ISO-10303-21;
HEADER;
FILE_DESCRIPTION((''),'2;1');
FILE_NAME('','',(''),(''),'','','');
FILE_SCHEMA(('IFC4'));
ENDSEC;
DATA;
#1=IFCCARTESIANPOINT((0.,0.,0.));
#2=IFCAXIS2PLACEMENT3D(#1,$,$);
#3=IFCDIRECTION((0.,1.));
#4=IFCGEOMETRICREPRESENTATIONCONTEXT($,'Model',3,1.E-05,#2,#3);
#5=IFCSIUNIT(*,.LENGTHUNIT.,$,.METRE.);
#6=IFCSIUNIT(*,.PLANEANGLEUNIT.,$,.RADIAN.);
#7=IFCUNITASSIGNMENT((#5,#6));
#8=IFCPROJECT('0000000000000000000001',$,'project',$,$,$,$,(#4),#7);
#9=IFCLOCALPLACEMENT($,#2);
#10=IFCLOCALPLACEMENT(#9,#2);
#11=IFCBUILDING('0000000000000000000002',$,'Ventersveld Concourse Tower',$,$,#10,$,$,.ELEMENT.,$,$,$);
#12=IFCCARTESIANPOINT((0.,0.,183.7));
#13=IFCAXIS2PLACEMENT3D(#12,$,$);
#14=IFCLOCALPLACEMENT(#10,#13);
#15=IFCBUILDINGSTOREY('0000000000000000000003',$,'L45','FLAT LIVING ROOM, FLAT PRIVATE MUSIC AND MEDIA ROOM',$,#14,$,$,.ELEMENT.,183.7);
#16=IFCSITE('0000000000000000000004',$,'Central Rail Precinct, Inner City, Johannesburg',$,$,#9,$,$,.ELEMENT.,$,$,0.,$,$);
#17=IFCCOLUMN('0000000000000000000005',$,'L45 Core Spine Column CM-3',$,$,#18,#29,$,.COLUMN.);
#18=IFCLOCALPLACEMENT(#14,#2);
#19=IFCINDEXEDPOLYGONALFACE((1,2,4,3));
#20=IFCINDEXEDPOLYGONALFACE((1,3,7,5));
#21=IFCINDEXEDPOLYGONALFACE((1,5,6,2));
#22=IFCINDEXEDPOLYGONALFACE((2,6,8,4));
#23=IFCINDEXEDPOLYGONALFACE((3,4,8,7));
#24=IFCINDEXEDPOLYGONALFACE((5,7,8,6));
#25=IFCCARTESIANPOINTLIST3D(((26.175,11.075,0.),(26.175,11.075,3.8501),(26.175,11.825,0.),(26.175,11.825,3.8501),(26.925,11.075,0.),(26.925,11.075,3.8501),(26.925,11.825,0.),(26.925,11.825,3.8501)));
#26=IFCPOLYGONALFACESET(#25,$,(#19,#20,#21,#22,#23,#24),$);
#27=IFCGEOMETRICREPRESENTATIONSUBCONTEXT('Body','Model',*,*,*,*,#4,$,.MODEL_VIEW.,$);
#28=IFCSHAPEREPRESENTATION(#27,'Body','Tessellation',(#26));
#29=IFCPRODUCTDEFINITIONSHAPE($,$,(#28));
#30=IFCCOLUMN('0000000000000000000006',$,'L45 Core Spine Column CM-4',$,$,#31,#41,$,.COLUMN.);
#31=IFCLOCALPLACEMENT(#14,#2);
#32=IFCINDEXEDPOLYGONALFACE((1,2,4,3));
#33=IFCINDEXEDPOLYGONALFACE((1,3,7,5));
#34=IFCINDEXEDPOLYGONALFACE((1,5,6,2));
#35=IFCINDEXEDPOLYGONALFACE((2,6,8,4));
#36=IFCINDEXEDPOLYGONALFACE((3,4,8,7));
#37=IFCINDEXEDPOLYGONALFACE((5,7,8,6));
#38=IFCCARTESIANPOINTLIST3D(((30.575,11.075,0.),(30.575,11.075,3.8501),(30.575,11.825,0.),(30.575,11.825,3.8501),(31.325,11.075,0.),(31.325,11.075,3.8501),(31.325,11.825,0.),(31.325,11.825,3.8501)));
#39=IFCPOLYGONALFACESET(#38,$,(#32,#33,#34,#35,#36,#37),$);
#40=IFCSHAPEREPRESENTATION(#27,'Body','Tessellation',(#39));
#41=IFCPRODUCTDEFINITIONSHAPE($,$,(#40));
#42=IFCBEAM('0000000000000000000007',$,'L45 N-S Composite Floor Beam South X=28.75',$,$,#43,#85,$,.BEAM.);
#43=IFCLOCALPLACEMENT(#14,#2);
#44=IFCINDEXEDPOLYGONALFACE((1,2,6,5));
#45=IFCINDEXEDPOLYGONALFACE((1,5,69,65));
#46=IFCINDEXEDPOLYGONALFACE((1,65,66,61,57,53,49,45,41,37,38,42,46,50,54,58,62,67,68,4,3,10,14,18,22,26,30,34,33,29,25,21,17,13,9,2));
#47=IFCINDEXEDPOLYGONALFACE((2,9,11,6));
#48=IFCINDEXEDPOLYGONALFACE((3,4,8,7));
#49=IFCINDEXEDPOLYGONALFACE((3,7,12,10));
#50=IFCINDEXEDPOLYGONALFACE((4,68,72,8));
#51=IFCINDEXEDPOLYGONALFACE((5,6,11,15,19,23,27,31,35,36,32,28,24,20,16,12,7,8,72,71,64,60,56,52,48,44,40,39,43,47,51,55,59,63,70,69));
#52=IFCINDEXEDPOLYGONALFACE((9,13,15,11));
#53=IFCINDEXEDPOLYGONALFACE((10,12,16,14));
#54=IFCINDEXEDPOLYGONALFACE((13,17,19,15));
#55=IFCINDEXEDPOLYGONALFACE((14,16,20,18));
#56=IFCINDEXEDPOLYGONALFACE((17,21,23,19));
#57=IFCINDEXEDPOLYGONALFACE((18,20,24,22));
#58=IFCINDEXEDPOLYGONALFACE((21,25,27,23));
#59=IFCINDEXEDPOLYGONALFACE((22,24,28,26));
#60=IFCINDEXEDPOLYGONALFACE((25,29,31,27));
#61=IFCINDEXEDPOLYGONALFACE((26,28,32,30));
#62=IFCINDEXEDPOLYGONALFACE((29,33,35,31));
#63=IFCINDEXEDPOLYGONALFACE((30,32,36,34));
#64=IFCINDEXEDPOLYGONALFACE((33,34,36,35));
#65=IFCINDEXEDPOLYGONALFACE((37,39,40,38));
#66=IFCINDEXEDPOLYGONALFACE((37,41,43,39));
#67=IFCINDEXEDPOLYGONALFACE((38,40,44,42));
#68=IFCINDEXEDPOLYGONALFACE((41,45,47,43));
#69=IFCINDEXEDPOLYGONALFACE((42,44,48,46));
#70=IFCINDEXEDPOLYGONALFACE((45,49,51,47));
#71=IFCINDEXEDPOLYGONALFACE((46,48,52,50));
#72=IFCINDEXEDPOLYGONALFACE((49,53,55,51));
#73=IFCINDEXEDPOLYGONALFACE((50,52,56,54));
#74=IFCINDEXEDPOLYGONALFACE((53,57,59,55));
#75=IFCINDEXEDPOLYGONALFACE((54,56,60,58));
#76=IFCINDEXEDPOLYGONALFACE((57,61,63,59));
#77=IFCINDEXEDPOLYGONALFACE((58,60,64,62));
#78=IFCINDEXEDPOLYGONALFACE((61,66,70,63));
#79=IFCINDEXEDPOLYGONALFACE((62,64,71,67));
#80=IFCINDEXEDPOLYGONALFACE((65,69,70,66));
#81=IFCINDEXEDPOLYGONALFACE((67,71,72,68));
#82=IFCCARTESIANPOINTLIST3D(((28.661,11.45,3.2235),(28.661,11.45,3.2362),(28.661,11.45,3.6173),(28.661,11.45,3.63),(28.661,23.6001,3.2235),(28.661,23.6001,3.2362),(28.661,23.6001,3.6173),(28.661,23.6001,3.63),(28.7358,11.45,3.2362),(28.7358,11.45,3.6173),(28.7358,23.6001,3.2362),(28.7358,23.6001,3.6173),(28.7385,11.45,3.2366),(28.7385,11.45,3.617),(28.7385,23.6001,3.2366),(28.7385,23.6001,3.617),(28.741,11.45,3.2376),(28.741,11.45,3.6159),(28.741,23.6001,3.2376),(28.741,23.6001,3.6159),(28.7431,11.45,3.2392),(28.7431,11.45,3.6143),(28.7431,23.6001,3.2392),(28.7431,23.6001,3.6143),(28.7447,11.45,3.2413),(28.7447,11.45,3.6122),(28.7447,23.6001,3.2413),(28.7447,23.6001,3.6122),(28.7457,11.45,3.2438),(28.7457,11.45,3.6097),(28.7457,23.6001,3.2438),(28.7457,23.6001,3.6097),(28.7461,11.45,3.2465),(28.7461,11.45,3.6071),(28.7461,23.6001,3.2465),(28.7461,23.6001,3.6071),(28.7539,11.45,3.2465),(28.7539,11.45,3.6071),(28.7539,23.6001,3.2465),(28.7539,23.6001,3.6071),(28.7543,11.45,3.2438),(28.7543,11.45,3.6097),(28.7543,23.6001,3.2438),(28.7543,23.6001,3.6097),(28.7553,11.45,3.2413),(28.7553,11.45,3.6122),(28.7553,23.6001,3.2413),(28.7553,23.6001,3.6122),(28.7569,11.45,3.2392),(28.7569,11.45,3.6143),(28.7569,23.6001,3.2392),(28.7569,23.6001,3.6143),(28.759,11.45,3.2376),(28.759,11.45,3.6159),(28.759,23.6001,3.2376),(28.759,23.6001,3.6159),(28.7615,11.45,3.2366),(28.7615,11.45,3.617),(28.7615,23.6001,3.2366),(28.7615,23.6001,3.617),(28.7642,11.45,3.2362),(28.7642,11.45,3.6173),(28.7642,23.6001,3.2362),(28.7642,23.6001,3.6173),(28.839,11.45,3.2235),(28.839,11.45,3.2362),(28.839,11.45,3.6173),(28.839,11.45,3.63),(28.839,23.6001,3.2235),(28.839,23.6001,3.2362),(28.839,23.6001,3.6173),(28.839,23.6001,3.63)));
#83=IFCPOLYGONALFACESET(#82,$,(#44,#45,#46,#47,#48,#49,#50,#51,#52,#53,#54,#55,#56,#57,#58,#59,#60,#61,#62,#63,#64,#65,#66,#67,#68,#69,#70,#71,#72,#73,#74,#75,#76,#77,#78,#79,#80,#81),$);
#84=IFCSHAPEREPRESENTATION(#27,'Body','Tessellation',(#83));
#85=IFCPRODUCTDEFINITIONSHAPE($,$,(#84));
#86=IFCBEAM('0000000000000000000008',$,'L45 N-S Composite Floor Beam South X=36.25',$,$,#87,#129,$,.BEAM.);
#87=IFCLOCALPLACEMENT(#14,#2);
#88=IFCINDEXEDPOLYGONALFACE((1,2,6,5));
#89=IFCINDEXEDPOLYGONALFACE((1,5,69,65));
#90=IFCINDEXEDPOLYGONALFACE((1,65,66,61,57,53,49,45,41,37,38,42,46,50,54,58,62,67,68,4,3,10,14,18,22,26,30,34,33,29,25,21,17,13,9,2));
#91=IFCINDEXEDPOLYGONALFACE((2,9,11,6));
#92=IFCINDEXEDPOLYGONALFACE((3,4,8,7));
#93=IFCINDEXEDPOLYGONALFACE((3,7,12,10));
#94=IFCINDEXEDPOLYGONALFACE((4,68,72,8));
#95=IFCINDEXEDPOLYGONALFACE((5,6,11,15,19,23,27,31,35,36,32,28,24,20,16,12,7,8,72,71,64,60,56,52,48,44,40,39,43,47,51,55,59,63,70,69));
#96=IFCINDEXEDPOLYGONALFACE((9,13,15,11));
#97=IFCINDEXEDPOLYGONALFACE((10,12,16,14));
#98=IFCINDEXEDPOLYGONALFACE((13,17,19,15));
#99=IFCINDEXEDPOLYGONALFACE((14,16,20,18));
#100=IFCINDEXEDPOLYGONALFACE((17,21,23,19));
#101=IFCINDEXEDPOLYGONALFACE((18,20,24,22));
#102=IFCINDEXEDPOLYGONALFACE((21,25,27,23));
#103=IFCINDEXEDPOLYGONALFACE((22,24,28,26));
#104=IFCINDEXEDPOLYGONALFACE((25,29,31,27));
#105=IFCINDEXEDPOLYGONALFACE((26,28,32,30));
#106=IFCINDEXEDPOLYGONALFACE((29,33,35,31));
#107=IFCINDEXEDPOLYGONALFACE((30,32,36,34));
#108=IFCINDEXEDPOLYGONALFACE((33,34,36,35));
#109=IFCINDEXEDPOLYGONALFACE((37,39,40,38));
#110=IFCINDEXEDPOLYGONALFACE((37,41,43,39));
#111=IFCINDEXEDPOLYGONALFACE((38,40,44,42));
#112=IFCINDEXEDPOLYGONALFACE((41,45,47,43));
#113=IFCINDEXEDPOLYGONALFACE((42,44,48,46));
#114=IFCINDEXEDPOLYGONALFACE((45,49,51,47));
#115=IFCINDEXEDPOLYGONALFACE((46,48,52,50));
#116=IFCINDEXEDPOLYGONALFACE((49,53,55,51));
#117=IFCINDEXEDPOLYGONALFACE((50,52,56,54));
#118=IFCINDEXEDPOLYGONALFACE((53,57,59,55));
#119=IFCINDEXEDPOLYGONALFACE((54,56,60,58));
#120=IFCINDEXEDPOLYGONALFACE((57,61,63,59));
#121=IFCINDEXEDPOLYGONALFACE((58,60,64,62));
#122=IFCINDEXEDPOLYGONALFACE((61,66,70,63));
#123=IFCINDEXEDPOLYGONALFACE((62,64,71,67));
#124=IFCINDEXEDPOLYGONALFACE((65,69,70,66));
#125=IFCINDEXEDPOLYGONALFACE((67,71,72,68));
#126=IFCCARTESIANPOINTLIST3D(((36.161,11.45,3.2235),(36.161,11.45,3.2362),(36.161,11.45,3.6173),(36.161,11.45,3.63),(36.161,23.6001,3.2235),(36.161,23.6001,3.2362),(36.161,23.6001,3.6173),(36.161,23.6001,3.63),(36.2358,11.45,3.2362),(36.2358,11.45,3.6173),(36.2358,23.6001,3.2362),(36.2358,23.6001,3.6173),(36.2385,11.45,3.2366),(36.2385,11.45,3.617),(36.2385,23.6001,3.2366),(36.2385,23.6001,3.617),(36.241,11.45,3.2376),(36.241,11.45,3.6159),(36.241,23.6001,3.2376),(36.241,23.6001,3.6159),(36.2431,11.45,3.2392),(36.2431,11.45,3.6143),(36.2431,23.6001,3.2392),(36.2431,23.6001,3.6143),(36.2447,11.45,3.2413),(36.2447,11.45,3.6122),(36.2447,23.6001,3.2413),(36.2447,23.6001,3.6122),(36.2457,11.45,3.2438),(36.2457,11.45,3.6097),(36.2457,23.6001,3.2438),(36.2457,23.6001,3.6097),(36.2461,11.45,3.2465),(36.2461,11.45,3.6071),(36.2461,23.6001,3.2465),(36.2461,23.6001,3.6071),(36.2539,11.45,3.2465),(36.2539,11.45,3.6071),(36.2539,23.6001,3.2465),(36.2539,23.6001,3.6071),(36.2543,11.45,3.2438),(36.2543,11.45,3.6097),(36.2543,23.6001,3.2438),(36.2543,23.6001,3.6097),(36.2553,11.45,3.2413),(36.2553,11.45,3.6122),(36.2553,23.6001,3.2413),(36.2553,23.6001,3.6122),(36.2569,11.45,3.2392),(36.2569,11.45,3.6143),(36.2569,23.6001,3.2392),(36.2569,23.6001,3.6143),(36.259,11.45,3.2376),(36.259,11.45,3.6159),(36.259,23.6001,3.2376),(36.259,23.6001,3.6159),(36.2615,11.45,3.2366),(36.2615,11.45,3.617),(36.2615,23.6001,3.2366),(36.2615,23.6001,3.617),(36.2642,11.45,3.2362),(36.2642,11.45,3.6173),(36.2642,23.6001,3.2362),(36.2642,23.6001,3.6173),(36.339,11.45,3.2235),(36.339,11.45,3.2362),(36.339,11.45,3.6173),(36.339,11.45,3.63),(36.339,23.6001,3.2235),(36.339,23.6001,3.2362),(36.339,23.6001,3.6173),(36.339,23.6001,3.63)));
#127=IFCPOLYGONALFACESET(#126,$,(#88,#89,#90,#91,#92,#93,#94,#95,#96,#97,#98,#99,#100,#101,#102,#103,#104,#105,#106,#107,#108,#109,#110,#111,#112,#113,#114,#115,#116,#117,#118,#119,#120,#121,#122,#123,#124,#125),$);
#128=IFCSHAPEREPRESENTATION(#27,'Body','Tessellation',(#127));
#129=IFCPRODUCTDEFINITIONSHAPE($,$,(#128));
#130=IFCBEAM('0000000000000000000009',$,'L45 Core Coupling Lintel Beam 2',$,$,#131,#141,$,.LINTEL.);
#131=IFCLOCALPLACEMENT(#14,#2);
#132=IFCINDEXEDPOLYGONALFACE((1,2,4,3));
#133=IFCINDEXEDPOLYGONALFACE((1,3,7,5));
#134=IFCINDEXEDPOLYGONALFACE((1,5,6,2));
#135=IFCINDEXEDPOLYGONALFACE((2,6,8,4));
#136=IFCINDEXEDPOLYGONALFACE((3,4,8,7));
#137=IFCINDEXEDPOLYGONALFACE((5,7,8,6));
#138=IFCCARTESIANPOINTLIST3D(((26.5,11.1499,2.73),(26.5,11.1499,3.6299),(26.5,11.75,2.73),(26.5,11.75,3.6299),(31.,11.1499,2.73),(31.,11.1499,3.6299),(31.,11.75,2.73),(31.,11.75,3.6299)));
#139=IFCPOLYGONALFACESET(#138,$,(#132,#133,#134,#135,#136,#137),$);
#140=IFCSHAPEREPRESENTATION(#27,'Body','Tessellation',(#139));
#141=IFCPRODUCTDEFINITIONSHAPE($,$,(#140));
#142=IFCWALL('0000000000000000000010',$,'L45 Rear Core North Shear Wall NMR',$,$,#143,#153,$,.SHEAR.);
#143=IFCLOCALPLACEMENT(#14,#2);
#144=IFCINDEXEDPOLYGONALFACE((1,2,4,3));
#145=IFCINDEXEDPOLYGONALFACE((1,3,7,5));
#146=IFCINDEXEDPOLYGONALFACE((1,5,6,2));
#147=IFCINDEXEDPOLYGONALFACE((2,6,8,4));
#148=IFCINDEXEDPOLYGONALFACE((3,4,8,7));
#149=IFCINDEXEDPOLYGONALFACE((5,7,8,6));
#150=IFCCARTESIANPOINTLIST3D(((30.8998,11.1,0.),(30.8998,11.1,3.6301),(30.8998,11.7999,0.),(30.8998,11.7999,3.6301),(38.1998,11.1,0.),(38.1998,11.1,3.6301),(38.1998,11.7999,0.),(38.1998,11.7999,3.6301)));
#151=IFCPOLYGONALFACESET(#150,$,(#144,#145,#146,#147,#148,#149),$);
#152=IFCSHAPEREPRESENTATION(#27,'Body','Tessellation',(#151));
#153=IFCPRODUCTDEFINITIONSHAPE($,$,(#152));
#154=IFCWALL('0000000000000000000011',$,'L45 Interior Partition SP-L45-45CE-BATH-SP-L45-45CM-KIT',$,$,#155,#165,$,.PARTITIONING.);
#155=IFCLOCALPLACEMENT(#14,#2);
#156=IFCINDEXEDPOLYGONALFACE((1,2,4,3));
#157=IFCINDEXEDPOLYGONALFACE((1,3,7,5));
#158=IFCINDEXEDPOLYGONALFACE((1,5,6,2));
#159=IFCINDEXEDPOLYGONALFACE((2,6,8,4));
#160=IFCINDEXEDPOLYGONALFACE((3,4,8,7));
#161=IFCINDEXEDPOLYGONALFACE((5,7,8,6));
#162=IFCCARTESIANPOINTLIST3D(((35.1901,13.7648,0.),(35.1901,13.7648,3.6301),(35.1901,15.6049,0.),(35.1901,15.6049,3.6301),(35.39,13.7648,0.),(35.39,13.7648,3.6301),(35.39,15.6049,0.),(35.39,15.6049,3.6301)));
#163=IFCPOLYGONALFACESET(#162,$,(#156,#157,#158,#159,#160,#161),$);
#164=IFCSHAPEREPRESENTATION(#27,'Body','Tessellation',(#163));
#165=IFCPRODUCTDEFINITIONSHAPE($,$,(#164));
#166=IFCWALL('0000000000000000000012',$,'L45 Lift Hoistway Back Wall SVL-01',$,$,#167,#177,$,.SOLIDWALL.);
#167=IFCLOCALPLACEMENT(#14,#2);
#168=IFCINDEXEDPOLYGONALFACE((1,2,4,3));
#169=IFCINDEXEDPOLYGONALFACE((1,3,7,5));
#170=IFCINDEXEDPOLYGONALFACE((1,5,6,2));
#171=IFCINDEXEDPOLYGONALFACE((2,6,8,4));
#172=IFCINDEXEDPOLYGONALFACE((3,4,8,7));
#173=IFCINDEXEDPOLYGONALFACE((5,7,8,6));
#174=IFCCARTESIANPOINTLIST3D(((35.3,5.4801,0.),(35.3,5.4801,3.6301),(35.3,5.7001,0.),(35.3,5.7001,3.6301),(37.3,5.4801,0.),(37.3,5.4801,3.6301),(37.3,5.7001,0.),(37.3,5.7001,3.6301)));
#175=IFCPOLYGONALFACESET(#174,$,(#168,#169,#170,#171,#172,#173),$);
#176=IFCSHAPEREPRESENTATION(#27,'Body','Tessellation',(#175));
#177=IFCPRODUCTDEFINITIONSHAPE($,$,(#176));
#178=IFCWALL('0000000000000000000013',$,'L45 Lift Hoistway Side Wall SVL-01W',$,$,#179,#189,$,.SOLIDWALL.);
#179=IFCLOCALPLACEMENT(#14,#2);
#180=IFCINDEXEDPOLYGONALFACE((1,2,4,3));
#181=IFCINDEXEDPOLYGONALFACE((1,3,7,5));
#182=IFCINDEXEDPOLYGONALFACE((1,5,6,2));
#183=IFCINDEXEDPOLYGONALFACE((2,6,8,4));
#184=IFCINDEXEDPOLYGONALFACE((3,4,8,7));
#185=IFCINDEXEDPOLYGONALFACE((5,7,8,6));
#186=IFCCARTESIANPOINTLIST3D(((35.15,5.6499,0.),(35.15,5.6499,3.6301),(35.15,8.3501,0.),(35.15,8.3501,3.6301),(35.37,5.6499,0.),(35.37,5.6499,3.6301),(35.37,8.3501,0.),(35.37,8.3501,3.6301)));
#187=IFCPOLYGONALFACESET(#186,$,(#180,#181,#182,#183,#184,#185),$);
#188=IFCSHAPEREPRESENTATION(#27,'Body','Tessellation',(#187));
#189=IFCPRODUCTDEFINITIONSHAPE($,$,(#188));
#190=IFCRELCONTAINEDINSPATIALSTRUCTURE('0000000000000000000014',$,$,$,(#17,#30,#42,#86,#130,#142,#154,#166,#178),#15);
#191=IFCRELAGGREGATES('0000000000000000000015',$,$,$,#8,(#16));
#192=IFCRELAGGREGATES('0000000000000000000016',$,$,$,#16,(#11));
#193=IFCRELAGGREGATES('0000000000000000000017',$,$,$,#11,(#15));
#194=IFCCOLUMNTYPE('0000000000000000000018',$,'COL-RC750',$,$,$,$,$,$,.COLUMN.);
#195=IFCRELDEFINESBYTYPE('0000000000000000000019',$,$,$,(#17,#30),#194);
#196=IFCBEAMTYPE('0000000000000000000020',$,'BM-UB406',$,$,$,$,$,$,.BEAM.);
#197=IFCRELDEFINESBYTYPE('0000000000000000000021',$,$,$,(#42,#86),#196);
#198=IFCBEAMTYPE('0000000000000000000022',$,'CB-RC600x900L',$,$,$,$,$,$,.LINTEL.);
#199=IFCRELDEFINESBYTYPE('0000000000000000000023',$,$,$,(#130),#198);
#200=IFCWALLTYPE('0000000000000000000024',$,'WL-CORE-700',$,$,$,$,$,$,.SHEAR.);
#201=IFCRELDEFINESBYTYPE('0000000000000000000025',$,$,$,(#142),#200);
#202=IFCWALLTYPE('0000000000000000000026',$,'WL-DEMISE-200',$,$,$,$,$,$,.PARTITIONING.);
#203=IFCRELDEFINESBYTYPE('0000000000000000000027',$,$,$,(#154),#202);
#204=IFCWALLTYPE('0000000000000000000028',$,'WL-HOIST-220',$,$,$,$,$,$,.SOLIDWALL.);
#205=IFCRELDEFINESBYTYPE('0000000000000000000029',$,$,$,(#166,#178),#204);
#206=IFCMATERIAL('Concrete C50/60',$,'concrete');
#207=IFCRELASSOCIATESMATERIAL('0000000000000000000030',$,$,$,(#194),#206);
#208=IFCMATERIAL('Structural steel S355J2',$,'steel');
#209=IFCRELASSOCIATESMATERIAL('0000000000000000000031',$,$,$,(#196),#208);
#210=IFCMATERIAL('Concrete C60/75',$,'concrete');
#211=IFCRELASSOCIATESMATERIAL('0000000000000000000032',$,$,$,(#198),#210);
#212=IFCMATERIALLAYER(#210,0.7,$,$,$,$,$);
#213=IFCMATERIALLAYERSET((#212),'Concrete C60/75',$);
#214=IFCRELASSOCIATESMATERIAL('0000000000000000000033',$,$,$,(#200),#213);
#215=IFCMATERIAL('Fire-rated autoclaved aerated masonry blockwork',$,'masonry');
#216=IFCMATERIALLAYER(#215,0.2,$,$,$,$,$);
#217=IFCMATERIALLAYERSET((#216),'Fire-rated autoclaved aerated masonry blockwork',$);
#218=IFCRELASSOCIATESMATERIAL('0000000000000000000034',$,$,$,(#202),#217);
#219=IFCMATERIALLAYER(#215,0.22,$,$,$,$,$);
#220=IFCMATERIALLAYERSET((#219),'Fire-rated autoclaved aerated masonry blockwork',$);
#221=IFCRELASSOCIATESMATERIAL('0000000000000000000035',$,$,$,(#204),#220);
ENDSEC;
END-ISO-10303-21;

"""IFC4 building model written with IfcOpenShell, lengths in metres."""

from ifc_helpers import new_model, si_unit, direction, frame, frame_2d, origin, origin_2d, place, context, subcontext, project, spatial, rectangle, i_section, extrude, material, layer, layer_set, material_profile, profile_set, type_object, element, save


model = new_model("IFC4")

# Units and contexts
model_context = context("Model", 3, precision=1e-05, world=origin(), true_north=direction((0.0, 1.0)))
body_context = subcontext(model_context, "Body", "Model", "MODEL_VIEW")
ifc_project = project(units=[si_unit("LENGTHUNIT", "METRE"), si_unit("PLANEANGLEUNIT", "RADIAN")], contexts=[model_context])

# Site, building, storey
site_placement = place(None, origin())
site = spatial("IfcSite", under=ifc_project, at=site_placement, Name="Central Rail Precinct, Inner City, Johannesburg", CompositionType="ELEMENT", RefElevation=0.0)
building_placement = place(site_placement, origin())
building = spatial("IfcBuilding", under=site, at=building_placement, Name="Ventersveld Concourse Tower", CompositionType="ELEMENT")
storey_placement = place(building_placement, frame((0.0, 0.0, 183.7)))
storey = spatial("IfcBuildingStorey", under=building, at=storey_placement, Name="L45", Description="FLAT LIVING ROOM, FLAT PRIVATE MUSIC AND MEDIA ROOM", CompositionType="ELEMENT", Elevation=183.7)

# Columns
ifc_material_1 = material(Name="Concrete C50/60", Category="concrete")
ifc_material_profile_1 = material_profile(ifc_material_1, rectangle(XDim=0.75, YDim=0.75, at=origin_2d()), Name="RC 750x750")
ifc_profile_set_1 = profile_set([ifc_material_profile_1], Name="Concrete C50/60")
column_type = type_object("IfcColumnType", Name="COL-RC750", PredefinedType="COLUMN", material=ifc_profile_set_1)
for number, where, z_axis, x_axis, name in (
    (1, (26.55, 11.45, 0.0), (0.0, 0.0, 1.0), (1.0, 0.0, 0.0), "L45 Core Spine Column CM-3"),
    (2, (30.95, 11.45, 0.0), (0.0, 0.0, 1.0), (1.0, 0.0, 0.0), "L45 Core Spine Column CM-4"),
):
    element("IfcColumn", number, at=place(storey_placement, frame(where, z_axis=z_axis, x_axis=x_axis)), inside=storey, type_object=column_type, Name=name, PredefinedType="COLUMN", context=body_context, shape_type="SweptSolid", body=[
        extrude(rectangle(XDim=0.75, YDim=0.75, at=origin_2d()), origin(), (0.0, 0.0, 1.0), 3.8501),
    ])

# Beams
ifc_material_2 = material(Name="Structural steel S355J2", Category="steel")
ifc_material_profile_2 = material_profile(ifc_material_2, i_section(OverallWidth=0.178, OverallDepth=0.4065, WebThickness=0.0078, FlangeThickness=0.0127, FilletRadius=0.0103, at=origin_2d()), Name="UB 406x178x60")
ifc_profile_set_2 = profile_set([ifc_material_profile_2], Name="Structural steel S355J2")
beam_type_1 = type_object("IfcBeamType", Name="BM-UB406", PredefinedType="BEAM", material=ifc_profile_set_2)
for number, where, z_axis, x_axis, name in (
    (3, (28.75, 11.45, 3.4268), (0.0, 1.0, 0.0), (-1.0, 0.0, 0.0), "L45 N-S Composite Floor Beam South X=28.75"),
    (4, (36.25, 11.45, 3.4268), (0.0, 1.0, 0.0), (-1.0, 0.0, 0.0), "L45 N-S Composite Floor Beam South X=36.25"),
):
    element("IfcBeam", number, at=place(storey_placement, frame(where, z_axis=z_axis, x_axis=x_axis)), inside=storey, type_object=beam_type_1, Name=name, PredefinedType="BEAM", context=body_context, shape_type="SweptSolid", body=[
        extrude(i_section(OverallWidth=0.178, OverallDepth=0.4065, WebThickness=0.0078, FlangeThickness=0.0127, FilletRadius=0.0103, at=origin_2d()), origin(), (0.0, 0.0, 1.0), 12.1501),
    ])
ifc_material_3 = material(Name="Concrete C60/75", Category="concrete")
ifc_material_profile_3 = material_profile(ifc_material_3, rectangle(XDim=0.6001, YDim=0.8999, at=origin_2d()), Name="RC 600x900")
ifc_profile_set_3 = profile_set([ifc_material_profile_3], Name="Concrete C60/75")
beam_type_2 = type_object("IfcBeamType", Name="CB-RC600x900L", PredefinedType="LINTEL", material=ifc_profile_set_3)
beam_placement = place(storey_placement, frame((26.5, 11.45, 3.1799), z_axis=(1.0, 0.0, 0.0), x_axis=(0.0, 1.0, 0.0)))
element("IfcBeam", 5, at=beam_placement, inside=storey, type_object=beam_type_2, Name="L45 Core Coupling Lintel Beam 2", PredefinedType="LINTEL", context=body_context, shape_type="SweptSolid", body=[
    extrude(rectangle(XDim=0.6001, YDim=0.8999, at=origin_2d()), origin(), (0.0, 0.0, 1.0), 4.5),
])

# Walls
ifc_layer_1 = layer(ifc_material_3, 0.7)
ifc_layer_set_1 = layer_set([ifc_layer_1], Name="Concrete C60/75")
wall_type_1 = type_object("IfcWallType", Name="WL-CORE-700", PredefinedType="SHEAR", material=ifc_layer_set_1)
wall_1_placement = place(storey_placement, frame((30.8999, 11.45, 0.0), z_axis=(0.0, 0.0, 1.0), x_axis=(1.0, 0.0, 0.0)))
element("IfcWall", 6, at=wall_1_placement, inside=storey, type_object=wall_type_1, Name="L45 Rear Core North Shear Wall NMR", PredefinedType="SHEAR", context=body_context, shape_type="SweptSolid", body=[
    extrude(rectangle(XDim=7.3, YDim=0.7, at=frame_2d((3.6499, 0.0))), origin(), (0.0, 0.0, 1.0), 3.6301),
])
ifc_material_4 = material(Name="Fire-rated autoclaved aerated masonry blockwork", Category="masonry")
ifc_layer_2 = layer(ifc_material_4, 0.2)
ifc_layer_set_2 = layer_set([ifc_layer_2], Name="Fire-rated autoclaved aerated masonry blockwork")
wall_type_2 = type_object("IfcWallType", Name="WL-DEMISE-200", PredefinedType="PARTITIONING", material=ifc_layer_set_2)
wall_2_placement = place(storey_placement, frame((35.29, 13.7649, 0.0), z_axis=(0.0, 0.0, 1.0), x_axis=(0.0, 1.0, 0.0)))
element("IfcWall", 7, at=wall_2_placement, inside=storey, type_object=wall_type_2, Name="L45 Interior Partition SP-L45-45CE-BATH-SP-L45-45CM-KIT", PredefinedType="PARTITIONING", context=body_context, shape_type="SweptSolid", body=[
    extrude(rectangle(XDim=1.8401, YDim=0.2, at=frame_2d((0.9199, 0.0))), origin(), (0.0, 0.0, 1.0), 3.6301),
])
ifc_layer_3 = layer(ifc_material_4, 0.22)
ifc_layer_set_3 = layer_set([ifc_layer_3], Name="Fire-rated autoclaved aerated masonry blockwork")
wall_type_3 = type_object("IfcWallType", Name="WL-HOIST-220", PredefinedType="SOLIDWALL", material=ifc_layer_set_3)
wall_3_placement = place(storey_placement, frame((35.3, 5.5901, 0.0), z_axis=(0.0, 0.0, 1.0), x_axis=(1.0, 0.0, 0.0)))
element("IfcWall", 8, at=wall_3_placement, inside=storey, type_object=wall_type_3, Name="L45 Lift Hoistway Back Wall SVL-01", PredefinedType="SOLIDWALL", context=body_context, shape_type="SweptSolid", body=[
    extrude(rectangle(XDim=2.0, YDim=0.22, at=frame_2d((1.0, 0.0))), origin(), (0.0, 0.0, 1.0), 3.6301),
])
wall_4_placement = place(storey_placement, frame((35.26, 5.6499, 0.0), z_axis=(0.0, 0.0, 1.0), x_axis=(0.0, 1.0, 0.0)))
element("IfcWall", 9, at=wall_4_placement, inside=storey, type_object=wall_type_3, Name="L45 Lift Hoistway Side Wall SVL-01W", PredefinedType="SOLIDWALL", context=body_context, shape_type="SweptSolid", body=[
    extrude(rectangle(XDim=2.7002, YDim=0.22, at=frame_2d((1.3501, 0.0))), origin(), (0.0, 0.0, 1.0), 3.6301),
])

save(model, "model.ifc")
